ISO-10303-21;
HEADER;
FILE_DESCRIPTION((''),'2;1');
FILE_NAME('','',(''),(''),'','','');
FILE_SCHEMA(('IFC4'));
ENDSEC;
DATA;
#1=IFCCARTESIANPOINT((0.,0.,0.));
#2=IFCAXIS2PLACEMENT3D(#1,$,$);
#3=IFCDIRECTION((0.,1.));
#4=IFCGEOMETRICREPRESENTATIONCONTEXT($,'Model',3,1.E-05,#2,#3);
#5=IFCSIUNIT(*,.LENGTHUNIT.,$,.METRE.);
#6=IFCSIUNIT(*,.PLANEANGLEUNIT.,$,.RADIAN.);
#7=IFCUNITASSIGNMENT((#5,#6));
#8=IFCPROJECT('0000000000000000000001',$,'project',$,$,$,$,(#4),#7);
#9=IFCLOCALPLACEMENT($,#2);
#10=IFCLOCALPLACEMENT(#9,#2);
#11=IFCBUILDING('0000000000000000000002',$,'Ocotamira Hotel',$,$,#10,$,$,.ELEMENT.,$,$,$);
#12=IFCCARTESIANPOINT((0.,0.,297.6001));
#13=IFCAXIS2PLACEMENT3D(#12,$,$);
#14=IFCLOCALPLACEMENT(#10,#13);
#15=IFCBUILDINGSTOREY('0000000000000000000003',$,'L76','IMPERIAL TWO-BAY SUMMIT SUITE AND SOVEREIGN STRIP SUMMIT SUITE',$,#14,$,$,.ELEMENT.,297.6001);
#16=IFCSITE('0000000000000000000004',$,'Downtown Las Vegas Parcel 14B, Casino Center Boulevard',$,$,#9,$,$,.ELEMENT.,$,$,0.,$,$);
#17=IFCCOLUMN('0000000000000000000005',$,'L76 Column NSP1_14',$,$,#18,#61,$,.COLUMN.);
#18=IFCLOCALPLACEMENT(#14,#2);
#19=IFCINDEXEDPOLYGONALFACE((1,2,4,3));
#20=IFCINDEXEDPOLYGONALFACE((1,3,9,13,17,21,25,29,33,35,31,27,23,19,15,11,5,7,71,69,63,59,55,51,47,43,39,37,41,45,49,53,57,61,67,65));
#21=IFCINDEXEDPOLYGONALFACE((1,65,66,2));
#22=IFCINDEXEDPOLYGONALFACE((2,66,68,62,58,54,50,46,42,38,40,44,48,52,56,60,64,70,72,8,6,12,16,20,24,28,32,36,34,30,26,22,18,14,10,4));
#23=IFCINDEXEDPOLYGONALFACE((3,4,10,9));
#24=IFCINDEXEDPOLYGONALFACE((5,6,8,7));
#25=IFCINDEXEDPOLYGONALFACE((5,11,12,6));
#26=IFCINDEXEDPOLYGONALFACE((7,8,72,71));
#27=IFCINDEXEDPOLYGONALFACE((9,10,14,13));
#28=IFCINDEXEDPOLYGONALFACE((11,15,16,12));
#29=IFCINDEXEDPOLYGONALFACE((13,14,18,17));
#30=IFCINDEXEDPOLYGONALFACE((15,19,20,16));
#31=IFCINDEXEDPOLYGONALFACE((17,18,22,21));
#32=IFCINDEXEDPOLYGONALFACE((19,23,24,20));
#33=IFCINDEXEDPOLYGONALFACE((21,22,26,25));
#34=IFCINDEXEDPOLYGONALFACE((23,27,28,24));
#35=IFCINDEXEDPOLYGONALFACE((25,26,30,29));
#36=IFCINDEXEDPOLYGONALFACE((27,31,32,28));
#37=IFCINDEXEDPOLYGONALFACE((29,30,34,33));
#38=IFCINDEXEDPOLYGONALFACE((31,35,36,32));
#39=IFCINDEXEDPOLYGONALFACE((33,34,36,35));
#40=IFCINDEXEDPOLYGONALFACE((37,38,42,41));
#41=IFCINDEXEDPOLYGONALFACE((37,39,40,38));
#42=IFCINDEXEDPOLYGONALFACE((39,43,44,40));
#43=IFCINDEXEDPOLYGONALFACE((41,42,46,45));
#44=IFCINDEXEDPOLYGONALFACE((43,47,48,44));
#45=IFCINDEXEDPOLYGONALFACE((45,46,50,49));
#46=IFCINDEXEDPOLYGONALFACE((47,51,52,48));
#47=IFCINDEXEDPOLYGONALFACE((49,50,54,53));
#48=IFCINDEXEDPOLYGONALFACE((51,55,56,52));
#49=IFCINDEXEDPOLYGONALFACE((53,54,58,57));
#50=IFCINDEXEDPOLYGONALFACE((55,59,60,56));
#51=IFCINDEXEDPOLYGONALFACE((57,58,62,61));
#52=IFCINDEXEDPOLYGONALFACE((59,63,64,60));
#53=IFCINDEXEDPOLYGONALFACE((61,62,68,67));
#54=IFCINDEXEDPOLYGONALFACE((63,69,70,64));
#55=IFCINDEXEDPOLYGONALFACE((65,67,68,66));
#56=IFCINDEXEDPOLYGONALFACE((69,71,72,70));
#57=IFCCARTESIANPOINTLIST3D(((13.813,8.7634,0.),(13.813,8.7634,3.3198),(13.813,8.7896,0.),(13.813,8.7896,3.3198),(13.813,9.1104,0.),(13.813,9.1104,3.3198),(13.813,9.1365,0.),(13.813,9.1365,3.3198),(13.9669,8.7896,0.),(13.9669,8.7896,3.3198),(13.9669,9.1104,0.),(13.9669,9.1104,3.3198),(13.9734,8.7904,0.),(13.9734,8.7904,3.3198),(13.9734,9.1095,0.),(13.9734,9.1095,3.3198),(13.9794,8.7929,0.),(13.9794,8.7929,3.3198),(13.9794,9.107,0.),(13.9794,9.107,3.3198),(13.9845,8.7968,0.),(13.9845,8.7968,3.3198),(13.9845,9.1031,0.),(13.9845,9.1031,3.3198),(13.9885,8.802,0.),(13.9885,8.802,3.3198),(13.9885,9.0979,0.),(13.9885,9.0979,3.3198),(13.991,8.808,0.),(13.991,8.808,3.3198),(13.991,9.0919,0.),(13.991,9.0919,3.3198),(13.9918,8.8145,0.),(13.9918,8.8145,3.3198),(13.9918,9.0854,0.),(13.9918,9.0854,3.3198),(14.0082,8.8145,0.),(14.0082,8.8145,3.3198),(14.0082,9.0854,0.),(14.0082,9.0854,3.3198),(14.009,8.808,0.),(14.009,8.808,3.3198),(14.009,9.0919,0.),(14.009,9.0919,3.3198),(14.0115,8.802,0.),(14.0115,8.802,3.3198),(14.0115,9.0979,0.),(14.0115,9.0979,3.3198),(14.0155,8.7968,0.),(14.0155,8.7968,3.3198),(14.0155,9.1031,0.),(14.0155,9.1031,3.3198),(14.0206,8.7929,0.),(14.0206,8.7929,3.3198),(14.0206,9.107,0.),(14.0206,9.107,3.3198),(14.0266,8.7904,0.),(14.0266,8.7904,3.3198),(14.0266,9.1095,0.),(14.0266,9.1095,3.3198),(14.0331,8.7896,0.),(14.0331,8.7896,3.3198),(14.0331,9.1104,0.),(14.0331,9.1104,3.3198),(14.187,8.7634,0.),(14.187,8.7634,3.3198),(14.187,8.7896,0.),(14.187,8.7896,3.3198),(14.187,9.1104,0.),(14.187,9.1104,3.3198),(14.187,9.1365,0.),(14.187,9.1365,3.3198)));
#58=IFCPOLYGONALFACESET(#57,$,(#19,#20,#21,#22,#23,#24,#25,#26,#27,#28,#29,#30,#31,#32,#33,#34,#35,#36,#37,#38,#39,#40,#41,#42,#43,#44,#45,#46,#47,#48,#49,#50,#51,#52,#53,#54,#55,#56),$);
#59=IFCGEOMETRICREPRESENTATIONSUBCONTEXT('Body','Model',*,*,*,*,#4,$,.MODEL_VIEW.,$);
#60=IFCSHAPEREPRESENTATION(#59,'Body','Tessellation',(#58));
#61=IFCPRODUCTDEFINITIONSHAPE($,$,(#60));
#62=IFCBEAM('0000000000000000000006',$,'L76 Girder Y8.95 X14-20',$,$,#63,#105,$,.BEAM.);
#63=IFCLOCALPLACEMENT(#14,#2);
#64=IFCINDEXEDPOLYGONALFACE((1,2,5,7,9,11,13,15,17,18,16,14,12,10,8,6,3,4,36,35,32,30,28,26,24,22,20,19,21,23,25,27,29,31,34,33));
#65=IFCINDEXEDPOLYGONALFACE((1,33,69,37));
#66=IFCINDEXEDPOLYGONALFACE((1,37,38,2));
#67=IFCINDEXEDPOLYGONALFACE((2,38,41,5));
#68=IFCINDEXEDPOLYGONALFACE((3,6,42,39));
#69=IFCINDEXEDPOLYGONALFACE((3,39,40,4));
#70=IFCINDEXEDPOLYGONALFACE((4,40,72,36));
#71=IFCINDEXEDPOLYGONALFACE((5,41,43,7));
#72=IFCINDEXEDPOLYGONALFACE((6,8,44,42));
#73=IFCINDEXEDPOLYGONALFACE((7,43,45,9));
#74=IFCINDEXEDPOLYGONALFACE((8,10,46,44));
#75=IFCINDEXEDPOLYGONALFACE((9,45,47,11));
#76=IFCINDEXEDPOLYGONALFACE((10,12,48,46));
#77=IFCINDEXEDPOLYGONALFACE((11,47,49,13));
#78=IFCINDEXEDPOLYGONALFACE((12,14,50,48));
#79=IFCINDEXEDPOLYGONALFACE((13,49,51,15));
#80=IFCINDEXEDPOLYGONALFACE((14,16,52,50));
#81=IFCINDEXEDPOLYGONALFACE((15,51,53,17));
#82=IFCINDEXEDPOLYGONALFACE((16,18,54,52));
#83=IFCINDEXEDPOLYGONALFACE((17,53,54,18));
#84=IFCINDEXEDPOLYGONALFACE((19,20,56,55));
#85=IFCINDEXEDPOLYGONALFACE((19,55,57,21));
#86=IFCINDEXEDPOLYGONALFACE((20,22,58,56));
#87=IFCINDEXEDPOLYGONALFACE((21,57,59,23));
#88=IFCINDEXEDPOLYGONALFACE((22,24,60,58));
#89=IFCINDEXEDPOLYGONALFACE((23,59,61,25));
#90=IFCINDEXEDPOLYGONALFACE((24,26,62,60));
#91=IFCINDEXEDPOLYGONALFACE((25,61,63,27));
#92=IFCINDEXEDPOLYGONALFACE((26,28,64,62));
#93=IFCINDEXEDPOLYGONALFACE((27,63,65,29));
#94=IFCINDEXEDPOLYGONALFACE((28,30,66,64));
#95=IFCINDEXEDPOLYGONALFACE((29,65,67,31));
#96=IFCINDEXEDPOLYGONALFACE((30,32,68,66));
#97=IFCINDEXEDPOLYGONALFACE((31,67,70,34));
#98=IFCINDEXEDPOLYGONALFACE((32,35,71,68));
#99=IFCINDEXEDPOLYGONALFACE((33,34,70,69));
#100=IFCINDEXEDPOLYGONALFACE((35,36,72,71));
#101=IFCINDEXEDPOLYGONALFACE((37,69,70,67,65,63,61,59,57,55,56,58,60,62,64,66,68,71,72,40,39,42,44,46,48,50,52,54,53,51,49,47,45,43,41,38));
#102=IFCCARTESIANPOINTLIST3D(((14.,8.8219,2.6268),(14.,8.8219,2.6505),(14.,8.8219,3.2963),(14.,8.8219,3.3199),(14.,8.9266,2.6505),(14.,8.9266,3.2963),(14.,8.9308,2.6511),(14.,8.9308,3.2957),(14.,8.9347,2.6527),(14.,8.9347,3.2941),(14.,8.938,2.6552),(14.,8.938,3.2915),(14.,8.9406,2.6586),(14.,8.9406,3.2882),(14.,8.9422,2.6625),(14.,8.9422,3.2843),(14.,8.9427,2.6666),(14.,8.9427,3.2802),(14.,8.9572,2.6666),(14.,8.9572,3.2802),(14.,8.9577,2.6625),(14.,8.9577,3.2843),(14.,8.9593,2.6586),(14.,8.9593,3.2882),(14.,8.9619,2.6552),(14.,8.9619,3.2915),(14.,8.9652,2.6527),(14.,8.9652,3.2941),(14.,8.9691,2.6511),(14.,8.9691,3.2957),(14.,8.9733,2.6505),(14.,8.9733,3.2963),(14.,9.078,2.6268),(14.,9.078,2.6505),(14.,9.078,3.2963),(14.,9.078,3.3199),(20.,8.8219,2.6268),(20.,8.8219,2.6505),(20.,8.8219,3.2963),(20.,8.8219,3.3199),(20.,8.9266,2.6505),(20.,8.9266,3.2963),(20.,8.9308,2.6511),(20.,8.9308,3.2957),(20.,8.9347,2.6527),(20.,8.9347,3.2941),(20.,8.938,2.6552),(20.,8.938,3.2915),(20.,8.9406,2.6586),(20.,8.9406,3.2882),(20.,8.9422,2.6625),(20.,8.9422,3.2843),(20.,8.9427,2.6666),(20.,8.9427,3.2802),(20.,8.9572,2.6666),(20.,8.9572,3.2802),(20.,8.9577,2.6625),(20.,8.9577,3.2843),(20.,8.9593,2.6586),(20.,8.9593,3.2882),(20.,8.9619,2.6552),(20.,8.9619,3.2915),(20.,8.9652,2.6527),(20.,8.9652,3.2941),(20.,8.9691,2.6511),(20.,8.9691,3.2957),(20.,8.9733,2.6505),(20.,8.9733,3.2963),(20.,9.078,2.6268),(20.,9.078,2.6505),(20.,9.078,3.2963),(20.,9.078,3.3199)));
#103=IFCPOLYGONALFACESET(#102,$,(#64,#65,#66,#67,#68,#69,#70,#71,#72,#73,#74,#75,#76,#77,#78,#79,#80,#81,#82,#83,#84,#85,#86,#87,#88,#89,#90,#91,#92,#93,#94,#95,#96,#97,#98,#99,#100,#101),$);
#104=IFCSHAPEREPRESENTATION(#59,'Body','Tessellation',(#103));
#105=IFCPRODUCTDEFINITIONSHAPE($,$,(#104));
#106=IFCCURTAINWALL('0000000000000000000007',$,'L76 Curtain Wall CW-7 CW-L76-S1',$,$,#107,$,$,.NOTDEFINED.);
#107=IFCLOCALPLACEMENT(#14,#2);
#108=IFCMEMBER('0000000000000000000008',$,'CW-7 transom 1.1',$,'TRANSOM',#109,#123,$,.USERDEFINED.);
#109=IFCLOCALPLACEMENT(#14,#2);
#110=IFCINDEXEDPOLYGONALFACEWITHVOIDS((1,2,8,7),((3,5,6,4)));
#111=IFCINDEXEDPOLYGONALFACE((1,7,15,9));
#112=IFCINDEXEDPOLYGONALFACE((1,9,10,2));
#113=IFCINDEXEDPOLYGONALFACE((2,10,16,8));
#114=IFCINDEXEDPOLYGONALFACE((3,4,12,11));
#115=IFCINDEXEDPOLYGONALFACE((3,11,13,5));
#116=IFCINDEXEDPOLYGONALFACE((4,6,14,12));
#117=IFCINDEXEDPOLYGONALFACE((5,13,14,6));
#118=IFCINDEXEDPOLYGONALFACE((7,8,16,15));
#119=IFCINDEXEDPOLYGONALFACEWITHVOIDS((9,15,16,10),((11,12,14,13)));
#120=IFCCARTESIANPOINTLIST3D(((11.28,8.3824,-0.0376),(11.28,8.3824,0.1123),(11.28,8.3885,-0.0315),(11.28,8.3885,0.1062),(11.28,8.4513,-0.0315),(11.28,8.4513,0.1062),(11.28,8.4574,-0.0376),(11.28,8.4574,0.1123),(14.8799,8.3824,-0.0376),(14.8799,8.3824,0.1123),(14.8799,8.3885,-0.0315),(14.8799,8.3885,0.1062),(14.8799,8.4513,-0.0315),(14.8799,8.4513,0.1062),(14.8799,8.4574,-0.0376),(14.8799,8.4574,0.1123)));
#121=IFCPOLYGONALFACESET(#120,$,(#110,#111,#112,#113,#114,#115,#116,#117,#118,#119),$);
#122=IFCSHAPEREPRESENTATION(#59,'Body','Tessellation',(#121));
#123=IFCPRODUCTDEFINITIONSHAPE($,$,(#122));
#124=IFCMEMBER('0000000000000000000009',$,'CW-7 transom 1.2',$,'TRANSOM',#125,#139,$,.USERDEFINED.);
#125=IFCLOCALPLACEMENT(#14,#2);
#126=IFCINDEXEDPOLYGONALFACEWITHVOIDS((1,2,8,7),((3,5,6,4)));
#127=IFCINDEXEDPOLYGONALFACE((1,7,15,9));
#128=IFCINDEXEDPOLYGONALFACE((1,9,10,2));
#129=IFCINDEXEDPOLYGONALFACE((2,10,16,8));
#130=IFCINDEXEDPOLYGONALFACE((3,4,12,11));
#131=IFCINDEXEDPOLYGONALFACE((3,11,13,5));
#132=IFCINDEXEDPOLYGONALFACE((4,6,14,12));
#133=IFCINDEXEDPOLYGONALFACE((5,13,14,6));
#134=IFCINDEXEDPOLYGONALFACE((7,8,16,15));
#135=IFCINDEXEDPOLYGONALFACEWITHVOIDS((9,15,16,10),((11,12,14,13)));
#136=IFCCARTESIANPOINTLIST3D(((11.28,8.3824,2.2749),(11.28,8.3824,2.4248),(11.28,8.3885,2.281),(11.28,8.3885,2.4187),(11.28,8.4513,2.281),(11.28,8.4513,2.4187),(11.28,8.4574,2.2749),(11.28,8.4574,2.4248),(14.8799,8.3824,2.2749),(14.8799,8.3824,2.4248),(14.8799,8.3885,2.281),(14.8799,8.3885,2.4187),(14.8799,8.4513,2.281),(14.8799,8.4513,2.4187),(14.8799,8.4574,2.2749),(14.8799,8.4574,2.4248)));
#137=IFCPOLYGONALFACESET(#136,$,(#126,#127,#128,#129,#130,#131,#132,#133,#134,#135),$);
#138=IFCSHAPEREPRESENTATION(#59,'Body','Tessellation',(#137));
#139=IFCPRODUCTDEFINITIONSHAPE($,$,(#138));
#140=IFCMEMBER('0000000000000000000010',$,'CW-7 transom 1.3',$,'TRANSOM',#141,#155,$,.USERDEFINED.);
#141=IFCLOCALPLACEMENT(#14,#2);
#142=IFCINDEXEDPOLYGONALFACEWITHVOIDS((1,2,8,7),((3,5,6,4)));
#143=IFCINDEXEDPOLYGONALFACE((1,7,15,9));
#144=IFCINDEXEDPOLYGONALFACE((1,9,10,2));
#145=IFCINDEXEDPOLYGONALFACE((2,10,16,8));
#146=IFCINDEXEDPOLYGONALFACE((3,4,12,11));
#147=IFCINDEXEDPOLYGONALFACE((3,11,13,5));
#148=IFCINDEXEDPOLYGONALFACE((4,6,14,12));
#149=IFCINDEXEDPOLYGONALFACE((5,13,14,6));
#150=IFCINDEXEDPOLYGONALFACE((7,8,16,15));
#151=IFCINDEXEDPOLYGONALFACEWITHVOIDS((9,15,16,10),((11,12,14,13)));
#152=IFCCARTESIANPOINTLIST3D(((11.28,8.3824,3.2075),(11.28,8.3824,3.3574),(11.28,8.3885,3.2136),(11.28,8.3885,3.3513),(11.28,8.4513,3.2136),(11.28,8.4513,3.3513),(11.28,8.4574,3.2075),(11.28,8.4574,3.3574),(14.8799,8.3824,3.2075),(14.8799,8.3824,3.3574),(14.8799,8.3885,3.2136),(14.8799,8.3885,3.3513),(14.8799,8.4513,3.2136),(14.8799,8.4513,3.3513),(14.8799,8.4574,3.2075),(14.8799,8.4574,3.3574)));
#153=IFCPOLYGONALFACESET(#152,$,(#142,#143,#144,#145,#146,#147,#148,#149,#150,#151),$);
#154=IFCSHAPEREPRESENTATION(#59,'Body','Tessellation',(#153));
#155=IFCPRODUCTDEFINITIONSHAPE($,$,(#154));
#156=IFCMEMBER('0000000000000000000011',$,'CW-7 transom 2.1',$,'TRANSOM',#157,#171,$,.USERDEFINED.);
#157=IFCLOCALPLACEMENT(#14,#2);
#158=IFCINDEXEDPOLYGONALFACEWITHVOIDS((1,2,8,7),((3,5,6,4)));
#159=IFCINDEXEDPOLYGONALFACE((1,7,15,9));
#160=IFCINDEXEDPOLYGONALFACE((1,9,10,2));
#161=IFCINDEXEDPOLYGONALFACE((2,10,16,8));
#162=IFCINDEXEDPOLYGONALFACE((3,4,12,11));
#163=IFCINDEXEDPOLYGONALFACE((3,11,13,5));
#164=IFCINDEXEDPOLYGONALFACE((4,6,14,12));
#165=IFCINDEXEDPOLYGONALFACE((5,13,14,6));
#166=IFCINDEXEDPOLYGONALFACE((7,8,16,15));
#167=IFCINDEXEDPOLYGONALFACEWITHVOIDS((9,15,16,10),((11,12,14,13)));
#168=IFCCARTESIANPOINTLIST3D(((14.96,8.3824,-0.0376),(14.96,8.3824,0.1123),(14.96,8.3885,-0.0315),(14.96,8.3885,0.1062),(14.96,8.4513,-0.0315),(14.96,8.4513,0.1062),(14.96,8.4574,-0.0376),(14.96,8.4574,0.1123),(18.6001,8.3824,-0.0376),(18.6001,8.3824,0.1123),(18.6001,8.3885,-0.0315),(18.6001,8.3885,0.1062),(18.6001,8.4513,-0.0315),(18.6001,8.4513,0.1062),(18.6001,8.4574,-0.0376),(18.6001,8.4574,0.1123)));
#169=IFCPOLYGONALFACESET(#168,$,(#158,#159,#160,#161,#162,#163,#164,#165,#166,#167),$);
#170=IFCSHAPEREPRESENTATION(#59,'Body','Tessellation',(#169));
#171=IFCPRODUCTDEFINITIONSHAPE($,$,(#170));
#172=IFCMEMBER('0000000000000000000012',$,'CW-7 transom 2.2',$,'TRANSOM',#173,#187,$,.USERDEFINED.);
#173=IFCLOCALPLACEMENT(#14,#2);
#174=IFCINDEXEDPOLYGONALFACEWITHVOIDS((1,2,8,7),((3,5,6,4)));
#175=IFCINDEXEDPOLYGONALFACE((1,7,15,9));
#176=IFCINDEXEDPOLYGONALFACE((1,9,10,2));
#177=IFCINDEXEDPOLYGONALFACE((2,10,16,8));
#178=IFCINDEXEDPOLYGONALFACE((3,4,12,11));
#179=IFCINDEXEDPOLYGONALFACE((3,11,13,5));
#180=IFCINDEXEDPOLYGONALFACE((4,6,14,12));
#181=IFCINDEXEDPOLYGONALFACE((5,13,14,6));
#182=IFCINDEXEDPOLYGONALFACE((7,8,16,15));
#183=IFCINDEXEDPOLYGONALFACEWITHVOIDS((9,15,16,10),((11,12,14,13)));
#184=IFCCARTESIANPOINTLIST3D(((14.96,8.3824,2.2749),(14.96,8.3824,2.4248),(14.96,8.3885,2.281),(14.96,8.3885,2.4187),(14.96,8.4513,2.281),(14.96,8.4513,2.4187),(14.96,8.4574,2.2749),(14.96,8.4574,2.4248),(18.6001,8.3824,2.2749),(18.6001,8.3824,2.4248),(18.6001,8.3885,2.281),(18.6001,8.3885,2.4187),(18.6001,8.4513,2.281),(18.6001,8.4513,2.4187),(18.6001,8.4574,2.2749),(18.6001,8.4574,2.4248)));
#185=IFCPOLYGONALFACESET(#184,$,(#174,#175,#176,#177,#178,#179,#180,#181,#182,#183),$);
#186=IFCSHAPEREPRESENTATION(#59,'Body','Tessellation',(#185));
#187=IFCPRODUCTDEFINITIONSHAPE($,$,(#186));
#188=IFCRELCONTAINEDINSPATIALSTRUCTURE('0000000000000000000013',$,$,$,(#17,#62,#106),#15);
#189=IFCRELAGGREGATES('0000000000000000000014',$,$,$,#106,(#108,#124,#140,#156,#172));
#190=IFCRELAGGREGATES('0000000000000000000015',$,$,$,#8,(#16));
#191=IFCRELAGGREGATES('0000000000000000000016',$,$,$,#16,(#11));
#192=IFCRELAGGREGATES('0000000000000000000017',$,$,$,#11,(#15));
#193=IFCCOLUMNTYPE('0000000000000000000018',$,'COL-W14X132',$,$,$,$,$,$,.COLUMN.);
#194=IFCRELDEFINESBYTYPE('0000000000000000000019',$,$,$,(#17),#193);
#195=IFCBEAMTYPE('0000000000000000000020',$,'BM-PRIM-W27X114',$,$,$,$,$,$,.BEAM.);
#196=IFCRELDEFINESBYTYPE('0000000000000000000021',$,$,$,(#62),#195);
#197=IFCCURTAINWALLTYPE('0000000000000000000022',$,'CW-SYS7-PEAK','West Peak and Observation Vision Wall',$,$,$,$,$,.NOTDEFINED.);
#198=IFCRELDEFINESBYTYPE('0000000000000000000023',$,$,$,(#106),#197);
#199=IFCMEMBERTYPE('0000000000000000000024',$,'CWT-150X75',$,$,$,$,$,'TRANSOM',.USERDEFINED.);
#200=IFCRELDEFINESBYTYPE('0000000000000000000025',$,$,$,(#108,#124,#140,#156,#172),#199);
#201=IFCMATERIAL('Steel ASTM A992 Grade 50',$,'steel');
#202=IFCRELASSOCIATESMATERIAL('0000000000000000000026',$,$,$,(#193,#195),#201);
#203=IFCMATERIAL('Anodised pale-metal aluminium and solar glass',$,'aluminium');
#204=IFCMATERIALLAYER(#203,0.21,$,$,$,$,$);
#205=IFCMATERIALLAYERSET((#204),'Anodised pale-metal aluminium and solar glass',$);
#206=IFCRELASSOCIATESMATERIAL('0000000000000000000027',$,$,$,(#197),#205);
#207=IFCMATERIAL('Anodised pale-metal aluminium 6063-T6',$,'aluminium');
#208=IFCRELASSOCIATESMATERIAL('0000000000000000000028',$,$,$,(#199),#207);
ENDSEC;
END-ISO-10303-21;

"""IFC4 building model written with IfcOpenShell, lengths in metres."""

from ifc_helpers import new_model, si_unit, direction, frame, origin, origin_2d, place, context, subcontext, project, spatial, hollow_rectangle, i_section, extrude, source, transform, mapped, material, layer, layer_set, material_profile, profile_set, type_object, element, aggregate, save


model = new_model("IFC4")

# Units and contexts
model_context = context("Model", 3, precision=1e-05, world=origin(), true_north=direction((0.0, 1.0)))
body_context = subcontext(model_context, "Body", "Model", "MODEL_VIEW")
ifc_project = project(units=[si_unit("LENGTHUNIT", "METRE"), si_unit("PLANEANGLEUNIT", "RADIAN")], contexts=[model_context])

# Site, building, storey
site_placement = place(None, origin())
site = spatial("IfcSite", under=ifc_project, at=site_placement, Name="Downtown Las Vegas Parcel 14B, Casino Center Boulevard", CompositionType="ELEMENT", RefElevation=0.0)
building_placement = place(site_placement, origin())
building = spatial("IfcBuilding", under=site, at=building_placement, Name="Ocotamira Hotel", CompositionType="ELEMENT")
storey_placement = place(building_placement, frame((0.0, 0.0, 297.6001)))
storey = spatial("IfcBuildingStorey", under=building, at=storey_placement, Name="L76", Description="IMPERIAL TWO-BAY SUMMIT SUITE AND SOVEREIGN STRIP SUMMIT SUITE", CompositionType="ELEMENT", Elevation=297.6001)

# Column
ifc_material_1 = material(Name="Steel ASTM A992 Grade 50", Category="steel")
ifc_material_profile_1 = material_profile(ifc_material_1, i_section(OverallWidth=0.374, OverallDepth=0.373, WebThickness=0.0164, FlangeThickness=0.0261, FilletRadius=0.0249, at=origin_2d()), Name="W14X132")
ifc_profile_set_1 = profile_set([ifc_material_profile_1], Name="Steel ASTM A992 Grade 50")
column_type = type_object("IfcColumnType", Name="COL-W14X132", PredefinedType="COLUMN", material=ifc_profile_set_1)
shared_shape_1 = source(origin(), body_context, "Body", "SweptSolid", [
    extrude(i_section(OverallWidth=0.374, OverallDepth=0.373, WebThickness=0.0164, FlangeThickness=0.0261, FilletRadius=0.0249, at=origin_2d()), origin(), (0.0, 0.0, 1.0), 3.3198),
])
column_placement = place(storey_placement, frame((14.0, 8.95, 0.0), z_axis=(0.0, 0.0, 1.0), x_axis=(1.0, 0.0, 0.0)))
element("IfcColumn", 1, at=column_placement, inside=storey, type_object=column_type, Name="L76 Column NSP1_14", PredefinedType="COLUMN", context=body_context, shape_type="MappedRepresentation", body=[
    mapped(shared_shape_1, transform((0.0, 0.0, 0.0), scale=1.0)),
])

# Beam
ifc_material_profile_2 = material_profile(ifc_material_1, i_section(OverallWidth=0.2561, OverallDepth=0.6931, WebThickness=0.0144, FlangeThickness=0.0237, FilletRadius=0.0161, at=origin_2d()), Name="W27X114")
ifc_profile_set_2 = profile_set([ifc_material_profile_2], Name="Steel ASTM A992 Grade 50")
beam_type = type_object("IfcBeamType", Name="BM-PRIM-W27X114", PredefinedType="BEAM", material=ifc_profile_set_2)
shared_shape_2 = source(origin(), body_context, "Body", "SweptSolid", [
    extrude(i_section(OverallWidth=0.2561, OverallDepth=0.6931, WebThickness=0.0144, FlangeThickness=0.0237, FilletRadius=0.0161, at=origin_2d()), origin(), (0.0, 0.0, 1.0), 6.0),
])
beam_placement = place(storey_placement, frame((14.0, 8.95, 2.9734), z_axis=(1.0, 0.0, 0.0), x_axis=(0.0, 1.0, 0.0)))
element("IfcBeam", 2, at=beam_placement, inside=storey, type_object=beam_type, Name="L76 Girder Y8.95 X14-20", PredefinedType="BEAM", context=body_context, shape_type="MappedRepresentation", body=[
    mapped(shared_shape_2, transform((0.0, 0.0, 0.0), scale=1.0)),
])

# Curtain wall, members
ifc_material_2 = material(Name="Anodised pale-metal aluminium and solar glass", Category="aluminium")
ifc_layer_1 = layer(ifc_material_2, 0.21)
ifc_layer_set_1 = layer_set([ifc_layer_1], Name="Anodised pale-metal aluminium and solar glass")
curtain_wall_type = type_object("IfcCurtainWallType", Name="CW-SYS7-PEAK", Description="West Peak and Observation Vision Wall", PredefinedType="NOTDEFINED", material=ifc_layer_set_1)
curtain_wall_placement = place(storey_placement, origin())
curtain_wall = element("IfcCurtainWall", 3, at=curtain_wall_placement, inside=storey, type_object=curtain_wall_type, Name="L76 Curtain Wall CW-7 CW-L76-S1", PredefinedType="NOTDEFINED")
ifc_material_3 = material(Name="Anodised pale-metal aluminium 6063-T6", Category="aluminium")
ifc_material_profile_3 = material_profile(ifc_material_3, hollow_rectangle(XDim=0.075, YDim=0.1499, WallThickness=0.0061, at=origin_2d()), Name="HSS150X75X6")
ifc_profile_set_3 = profile_set([ifc_material_profile_3], Name="Anodised pale-metal aluminium 6063-T6")
member_type_1 = type_object("IfcMemberType", Name="CWT-150X75", ElementType="TRANSOM", PredefinedType="USERDEFINED", material=ifc_profile_set_3)
shared_shape_3 = source(origin(), body_context, "Body", "SweptSolid", [
    extrude(hollow_rectangle(XDim=0.075, YDim=0.1499, WallThickness=0.0061, at=origin_2d()), origin(), (0.0, 0.0, 1.0), 3.5999),
])
member_1_placement = place(storey_placement, frame((11.28, 8.4199, 0.0374), z_axis=(1.0, 0.0, 0.0), x_axis=(0.0, 1.0, 0.0)))
member_1 = element("IfcMember", 4, at=member_1_placement, type_object=member_type_1, Name="CW-7 transom 1.1", ObjectType="TRANSOM", PredefinedType="USERDEFINED", context=body_context, shape_type="MappedRepresentation", body=[
    mapped(shared_shape_3, transform((0.0, 0.0, 0.0), scale=1.0)),
])
member_2_placement = place(storey_placement, frame((11.28, 8.4199, 2.3499), z_axis=(1.0, 0.0, 0.0), x_axis=(0.0, 1.0, 0.0)))
member_2 = element("IfcMember", 5, at=member_2_placement, type_object=member_type_1, Name="CW-7 transom 1.2", ObjectType="TRANSOM", PredefinedType="USERDEFINED", context=body_context, shape_type="MappedRepresentation", body=[
    mapped(shared_shape_3, transform((0.0, 0.0, 0.0), scale=1.0)),
])
member_3_placement = place(storey_placement, frame((11.28, 8.4199, 3.2825), z_axis=(1.0, 0.0, 0.0), x_axis=(0.0, 1.0, 0.0)))
member_3 = element("IfcMember", 6, at=member_3_placement, type_object=member_type_1, Name="CW-7 transom 1.3", ObjectType="TRANSOM", PredefinedType="USERDEFINED", context=body_context, shape_type="MappedRepresentation", body=[
    mapped(shared_shape_3, transform((0.0, 0.0, 0.0), scale=1.0)),
])
shared_shape_4 = source(origin(), body_context, "Body", "SweptSolid", [
    extrude(hollow_rectangle(XDim=0.075, YDim=0.1499, WallThickness=0.0061, at=origin_2d()), origin(), (0.0, 0.0, 1.0), 3.6401),
])
member_4_placement = place(storey_placement, frame((14.96, 8.4199, 0.0374), z_axis=(1.0, 0.0, 0.0), x_axis=(0.0, 1.0, 0.0)))
member_4 = element("IfcMember", 7, at=member_4_placement, type_object=member_type_1, Name="CW-7 transom 2.1", ObjectType="TRANSOM", PredefinedType="USERDEFINED", context=body_context, shape_type="MappedRepresentation", body=[
    mapped(shared_shape_4, transform((0.0, 0.0, 0.0), scale=1.0)),
])
member_5_placement = place(storey_placement, frame((14.96, 8.4199, 2.3499), z_axis=(1.0, 0.0, 0.0), x_axis=(0.0, 1.0, 0.0)))
member_5 = element("IfcMember", 8, at=member_5_placement, type_object=member_type_1, Name="CW-7 transom 2.2", ObjectType="TRANSOM", PredefinedType="USERDEFINED", context=body_context, shape_type="MappedRepresentation", body=[
    mapped(shared_shape_4, transform((0.0, 0.0, 0.0), scale=1.0)),
])
aggregate(curtain_wall, [member_1, member_2, member_3, member_4, member_5])

save(model, "model.ifc")
